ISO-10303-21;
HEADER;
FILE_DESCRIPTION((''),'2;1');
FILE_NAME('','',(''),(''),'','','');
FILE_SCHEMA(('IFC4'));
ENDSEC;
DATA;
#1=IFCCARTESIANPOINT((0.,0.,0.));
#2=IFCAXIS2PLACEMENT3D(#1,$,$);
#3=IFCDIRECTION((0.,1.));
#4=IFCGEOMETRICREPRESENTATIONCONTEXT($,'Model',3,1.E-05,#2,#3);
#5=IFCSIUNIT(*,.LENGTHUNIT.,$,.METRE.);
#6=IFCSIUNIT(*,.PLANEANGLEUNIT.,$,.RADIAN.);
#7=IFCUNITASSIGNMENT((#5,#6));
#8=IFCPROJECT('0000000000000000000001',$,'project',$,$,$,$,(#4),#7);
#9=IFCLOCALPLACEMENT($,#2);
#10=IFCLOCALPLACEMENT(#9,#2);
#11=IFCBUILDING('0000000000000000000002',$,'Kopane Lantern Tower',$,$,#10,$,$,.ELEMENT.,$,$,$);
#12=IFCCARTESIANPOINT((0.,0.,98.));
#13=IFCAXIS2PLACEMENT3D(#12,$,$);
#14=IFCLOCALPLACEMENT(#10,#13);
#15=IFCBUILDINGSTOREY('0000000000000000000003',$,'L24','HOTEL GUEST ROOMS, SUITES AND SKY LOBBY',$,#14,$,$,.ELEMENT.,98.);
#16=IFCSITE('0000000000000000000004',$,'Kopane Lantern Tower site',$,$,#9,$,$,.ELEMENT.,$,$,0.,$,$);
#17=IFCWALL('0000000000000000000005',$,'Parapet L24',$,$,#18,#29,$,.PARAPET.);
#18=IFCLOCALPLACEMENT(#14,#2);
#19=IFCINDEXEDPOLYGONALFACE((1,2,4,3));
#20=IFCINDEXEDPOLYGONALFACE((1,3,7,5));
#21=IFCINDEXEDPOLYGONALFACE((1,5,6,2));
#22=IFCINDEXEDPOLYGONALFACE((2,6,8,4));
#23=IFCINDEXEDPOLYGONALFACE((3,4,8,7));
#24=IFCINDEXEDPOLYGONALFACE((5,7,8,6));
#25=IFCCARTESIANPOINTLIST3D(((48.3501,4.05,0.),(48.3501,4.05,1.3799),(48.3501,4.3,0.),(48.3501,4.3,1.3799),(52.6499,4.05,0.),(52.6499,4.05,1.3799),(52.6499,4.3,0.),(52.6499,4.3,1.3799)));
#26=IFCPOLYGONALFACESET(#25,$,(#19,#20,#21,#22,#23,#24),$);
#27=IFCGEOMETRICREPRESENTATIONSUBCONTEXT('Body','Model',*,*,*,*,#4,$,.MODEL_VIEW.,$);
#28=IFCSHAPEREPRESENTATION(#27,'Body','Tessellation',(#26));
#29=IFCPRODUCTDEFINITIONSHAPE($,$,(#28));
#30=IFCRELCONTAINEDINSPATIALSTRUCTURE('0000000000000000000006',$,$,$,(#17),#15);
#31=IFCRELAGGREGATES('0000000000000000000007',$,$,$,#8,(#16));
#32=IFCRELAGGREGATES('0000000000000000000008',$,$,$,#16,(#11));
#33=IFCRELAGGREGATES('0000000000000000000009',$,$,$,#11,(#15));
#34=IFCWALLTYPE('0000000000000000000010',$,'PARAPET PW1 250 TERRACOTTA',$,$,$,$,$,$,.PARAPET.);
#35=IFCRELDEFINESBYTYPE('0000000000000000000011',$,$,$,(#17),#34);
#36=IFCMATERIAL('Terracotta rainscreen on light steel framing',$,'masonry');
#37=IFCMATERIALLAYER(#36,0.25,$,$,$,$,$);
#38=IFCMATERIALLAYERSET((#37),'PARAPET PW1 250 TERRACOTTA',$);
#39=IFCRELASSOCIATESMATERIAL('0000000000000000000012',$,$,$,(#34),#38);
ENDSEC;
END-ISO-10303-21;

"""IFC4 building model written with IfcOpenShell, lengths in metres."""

from ifc_helpers import new_model, si_unit, direction, frame, frame_2d, origin, place, context, subcontext, project, spatial, rectangle, extrude, material, layer, layer_set, type_object, element, save


model = new_model("IFC4")

# Units and contexts
model_context = context("Model", 3, precision=1e-05, world=origin(), true_north=direction((0.0, 1.0)))
body_context = subcontext(model_context, "Body", "Model", "MODEL_VIEW")
ifc_project = project(units=[si_unit("LENGTHUNIT", "METRE"), si_unit("PLANEANGLEUNIT", "RADIAN")], contexts=[model_context])

# Site, building, storey
site_placement = place(None, origin())
site = spatial("IfcSite", under=ifc_project, at=site_placement, Name="Kopane Lantern Tower site", CompositionType="ELEMENT", RefElevation=0.0)
building_placement = place(site_placement, origin())
building = spatial("IfcBuilding", under=site, at=building_placement, Name="Kopane Lantern Tower", CompositionType="ELEMENT")
storey_placement = place(building_placement, frame((0.0, 0.0, 98.0)))
storey = spatial("IfcBuildingStorey", under=building, at=storey_placement, Name="L24", Description="HOTEL GUEST ROOMS, SUITES AND SKY LOBBY", CompositionType="ELEMENT", Elevation=98.0)

# Wall
ifc_material_1 = material(Name="Terracotta rainscreen on light steel framing", Category="masonry")
ifc_layer_1 = layer(ifc_material_1, 0.25)
ifc_layer_set_1 = layer_set([ifc_layer_1], Name="PARAPET PW1 250 TERRACOTTA")
wall_type = type_object("IfcWallType", Name="PARAPET PW1 250 TERRACOTTA", PredefinedType="PARAPET", material=ifc_layer_set_1)
wall_placement = place(storey_placement, frame((48.3501, 4.175, 0.0), z_axis=(0.0, 0.0, 1.0), x_axis=(1.0, 0.0, 0.0)))
element("IfcWall", 1, at=wall_placement, inside=storey, type_object=wall_type, Name="Parapet L24", PredefinedType="PARAPET", context=body_context, shape_type="SweptSolid", body=[
    extrude(rectangle(XDim=4.2998, YDim=0.25, at=frame_2d((2.1499, 0.0))), origin(), (0.0, 0.0, 1.0), 1.3799),
])

save(model, "model.ifc")
